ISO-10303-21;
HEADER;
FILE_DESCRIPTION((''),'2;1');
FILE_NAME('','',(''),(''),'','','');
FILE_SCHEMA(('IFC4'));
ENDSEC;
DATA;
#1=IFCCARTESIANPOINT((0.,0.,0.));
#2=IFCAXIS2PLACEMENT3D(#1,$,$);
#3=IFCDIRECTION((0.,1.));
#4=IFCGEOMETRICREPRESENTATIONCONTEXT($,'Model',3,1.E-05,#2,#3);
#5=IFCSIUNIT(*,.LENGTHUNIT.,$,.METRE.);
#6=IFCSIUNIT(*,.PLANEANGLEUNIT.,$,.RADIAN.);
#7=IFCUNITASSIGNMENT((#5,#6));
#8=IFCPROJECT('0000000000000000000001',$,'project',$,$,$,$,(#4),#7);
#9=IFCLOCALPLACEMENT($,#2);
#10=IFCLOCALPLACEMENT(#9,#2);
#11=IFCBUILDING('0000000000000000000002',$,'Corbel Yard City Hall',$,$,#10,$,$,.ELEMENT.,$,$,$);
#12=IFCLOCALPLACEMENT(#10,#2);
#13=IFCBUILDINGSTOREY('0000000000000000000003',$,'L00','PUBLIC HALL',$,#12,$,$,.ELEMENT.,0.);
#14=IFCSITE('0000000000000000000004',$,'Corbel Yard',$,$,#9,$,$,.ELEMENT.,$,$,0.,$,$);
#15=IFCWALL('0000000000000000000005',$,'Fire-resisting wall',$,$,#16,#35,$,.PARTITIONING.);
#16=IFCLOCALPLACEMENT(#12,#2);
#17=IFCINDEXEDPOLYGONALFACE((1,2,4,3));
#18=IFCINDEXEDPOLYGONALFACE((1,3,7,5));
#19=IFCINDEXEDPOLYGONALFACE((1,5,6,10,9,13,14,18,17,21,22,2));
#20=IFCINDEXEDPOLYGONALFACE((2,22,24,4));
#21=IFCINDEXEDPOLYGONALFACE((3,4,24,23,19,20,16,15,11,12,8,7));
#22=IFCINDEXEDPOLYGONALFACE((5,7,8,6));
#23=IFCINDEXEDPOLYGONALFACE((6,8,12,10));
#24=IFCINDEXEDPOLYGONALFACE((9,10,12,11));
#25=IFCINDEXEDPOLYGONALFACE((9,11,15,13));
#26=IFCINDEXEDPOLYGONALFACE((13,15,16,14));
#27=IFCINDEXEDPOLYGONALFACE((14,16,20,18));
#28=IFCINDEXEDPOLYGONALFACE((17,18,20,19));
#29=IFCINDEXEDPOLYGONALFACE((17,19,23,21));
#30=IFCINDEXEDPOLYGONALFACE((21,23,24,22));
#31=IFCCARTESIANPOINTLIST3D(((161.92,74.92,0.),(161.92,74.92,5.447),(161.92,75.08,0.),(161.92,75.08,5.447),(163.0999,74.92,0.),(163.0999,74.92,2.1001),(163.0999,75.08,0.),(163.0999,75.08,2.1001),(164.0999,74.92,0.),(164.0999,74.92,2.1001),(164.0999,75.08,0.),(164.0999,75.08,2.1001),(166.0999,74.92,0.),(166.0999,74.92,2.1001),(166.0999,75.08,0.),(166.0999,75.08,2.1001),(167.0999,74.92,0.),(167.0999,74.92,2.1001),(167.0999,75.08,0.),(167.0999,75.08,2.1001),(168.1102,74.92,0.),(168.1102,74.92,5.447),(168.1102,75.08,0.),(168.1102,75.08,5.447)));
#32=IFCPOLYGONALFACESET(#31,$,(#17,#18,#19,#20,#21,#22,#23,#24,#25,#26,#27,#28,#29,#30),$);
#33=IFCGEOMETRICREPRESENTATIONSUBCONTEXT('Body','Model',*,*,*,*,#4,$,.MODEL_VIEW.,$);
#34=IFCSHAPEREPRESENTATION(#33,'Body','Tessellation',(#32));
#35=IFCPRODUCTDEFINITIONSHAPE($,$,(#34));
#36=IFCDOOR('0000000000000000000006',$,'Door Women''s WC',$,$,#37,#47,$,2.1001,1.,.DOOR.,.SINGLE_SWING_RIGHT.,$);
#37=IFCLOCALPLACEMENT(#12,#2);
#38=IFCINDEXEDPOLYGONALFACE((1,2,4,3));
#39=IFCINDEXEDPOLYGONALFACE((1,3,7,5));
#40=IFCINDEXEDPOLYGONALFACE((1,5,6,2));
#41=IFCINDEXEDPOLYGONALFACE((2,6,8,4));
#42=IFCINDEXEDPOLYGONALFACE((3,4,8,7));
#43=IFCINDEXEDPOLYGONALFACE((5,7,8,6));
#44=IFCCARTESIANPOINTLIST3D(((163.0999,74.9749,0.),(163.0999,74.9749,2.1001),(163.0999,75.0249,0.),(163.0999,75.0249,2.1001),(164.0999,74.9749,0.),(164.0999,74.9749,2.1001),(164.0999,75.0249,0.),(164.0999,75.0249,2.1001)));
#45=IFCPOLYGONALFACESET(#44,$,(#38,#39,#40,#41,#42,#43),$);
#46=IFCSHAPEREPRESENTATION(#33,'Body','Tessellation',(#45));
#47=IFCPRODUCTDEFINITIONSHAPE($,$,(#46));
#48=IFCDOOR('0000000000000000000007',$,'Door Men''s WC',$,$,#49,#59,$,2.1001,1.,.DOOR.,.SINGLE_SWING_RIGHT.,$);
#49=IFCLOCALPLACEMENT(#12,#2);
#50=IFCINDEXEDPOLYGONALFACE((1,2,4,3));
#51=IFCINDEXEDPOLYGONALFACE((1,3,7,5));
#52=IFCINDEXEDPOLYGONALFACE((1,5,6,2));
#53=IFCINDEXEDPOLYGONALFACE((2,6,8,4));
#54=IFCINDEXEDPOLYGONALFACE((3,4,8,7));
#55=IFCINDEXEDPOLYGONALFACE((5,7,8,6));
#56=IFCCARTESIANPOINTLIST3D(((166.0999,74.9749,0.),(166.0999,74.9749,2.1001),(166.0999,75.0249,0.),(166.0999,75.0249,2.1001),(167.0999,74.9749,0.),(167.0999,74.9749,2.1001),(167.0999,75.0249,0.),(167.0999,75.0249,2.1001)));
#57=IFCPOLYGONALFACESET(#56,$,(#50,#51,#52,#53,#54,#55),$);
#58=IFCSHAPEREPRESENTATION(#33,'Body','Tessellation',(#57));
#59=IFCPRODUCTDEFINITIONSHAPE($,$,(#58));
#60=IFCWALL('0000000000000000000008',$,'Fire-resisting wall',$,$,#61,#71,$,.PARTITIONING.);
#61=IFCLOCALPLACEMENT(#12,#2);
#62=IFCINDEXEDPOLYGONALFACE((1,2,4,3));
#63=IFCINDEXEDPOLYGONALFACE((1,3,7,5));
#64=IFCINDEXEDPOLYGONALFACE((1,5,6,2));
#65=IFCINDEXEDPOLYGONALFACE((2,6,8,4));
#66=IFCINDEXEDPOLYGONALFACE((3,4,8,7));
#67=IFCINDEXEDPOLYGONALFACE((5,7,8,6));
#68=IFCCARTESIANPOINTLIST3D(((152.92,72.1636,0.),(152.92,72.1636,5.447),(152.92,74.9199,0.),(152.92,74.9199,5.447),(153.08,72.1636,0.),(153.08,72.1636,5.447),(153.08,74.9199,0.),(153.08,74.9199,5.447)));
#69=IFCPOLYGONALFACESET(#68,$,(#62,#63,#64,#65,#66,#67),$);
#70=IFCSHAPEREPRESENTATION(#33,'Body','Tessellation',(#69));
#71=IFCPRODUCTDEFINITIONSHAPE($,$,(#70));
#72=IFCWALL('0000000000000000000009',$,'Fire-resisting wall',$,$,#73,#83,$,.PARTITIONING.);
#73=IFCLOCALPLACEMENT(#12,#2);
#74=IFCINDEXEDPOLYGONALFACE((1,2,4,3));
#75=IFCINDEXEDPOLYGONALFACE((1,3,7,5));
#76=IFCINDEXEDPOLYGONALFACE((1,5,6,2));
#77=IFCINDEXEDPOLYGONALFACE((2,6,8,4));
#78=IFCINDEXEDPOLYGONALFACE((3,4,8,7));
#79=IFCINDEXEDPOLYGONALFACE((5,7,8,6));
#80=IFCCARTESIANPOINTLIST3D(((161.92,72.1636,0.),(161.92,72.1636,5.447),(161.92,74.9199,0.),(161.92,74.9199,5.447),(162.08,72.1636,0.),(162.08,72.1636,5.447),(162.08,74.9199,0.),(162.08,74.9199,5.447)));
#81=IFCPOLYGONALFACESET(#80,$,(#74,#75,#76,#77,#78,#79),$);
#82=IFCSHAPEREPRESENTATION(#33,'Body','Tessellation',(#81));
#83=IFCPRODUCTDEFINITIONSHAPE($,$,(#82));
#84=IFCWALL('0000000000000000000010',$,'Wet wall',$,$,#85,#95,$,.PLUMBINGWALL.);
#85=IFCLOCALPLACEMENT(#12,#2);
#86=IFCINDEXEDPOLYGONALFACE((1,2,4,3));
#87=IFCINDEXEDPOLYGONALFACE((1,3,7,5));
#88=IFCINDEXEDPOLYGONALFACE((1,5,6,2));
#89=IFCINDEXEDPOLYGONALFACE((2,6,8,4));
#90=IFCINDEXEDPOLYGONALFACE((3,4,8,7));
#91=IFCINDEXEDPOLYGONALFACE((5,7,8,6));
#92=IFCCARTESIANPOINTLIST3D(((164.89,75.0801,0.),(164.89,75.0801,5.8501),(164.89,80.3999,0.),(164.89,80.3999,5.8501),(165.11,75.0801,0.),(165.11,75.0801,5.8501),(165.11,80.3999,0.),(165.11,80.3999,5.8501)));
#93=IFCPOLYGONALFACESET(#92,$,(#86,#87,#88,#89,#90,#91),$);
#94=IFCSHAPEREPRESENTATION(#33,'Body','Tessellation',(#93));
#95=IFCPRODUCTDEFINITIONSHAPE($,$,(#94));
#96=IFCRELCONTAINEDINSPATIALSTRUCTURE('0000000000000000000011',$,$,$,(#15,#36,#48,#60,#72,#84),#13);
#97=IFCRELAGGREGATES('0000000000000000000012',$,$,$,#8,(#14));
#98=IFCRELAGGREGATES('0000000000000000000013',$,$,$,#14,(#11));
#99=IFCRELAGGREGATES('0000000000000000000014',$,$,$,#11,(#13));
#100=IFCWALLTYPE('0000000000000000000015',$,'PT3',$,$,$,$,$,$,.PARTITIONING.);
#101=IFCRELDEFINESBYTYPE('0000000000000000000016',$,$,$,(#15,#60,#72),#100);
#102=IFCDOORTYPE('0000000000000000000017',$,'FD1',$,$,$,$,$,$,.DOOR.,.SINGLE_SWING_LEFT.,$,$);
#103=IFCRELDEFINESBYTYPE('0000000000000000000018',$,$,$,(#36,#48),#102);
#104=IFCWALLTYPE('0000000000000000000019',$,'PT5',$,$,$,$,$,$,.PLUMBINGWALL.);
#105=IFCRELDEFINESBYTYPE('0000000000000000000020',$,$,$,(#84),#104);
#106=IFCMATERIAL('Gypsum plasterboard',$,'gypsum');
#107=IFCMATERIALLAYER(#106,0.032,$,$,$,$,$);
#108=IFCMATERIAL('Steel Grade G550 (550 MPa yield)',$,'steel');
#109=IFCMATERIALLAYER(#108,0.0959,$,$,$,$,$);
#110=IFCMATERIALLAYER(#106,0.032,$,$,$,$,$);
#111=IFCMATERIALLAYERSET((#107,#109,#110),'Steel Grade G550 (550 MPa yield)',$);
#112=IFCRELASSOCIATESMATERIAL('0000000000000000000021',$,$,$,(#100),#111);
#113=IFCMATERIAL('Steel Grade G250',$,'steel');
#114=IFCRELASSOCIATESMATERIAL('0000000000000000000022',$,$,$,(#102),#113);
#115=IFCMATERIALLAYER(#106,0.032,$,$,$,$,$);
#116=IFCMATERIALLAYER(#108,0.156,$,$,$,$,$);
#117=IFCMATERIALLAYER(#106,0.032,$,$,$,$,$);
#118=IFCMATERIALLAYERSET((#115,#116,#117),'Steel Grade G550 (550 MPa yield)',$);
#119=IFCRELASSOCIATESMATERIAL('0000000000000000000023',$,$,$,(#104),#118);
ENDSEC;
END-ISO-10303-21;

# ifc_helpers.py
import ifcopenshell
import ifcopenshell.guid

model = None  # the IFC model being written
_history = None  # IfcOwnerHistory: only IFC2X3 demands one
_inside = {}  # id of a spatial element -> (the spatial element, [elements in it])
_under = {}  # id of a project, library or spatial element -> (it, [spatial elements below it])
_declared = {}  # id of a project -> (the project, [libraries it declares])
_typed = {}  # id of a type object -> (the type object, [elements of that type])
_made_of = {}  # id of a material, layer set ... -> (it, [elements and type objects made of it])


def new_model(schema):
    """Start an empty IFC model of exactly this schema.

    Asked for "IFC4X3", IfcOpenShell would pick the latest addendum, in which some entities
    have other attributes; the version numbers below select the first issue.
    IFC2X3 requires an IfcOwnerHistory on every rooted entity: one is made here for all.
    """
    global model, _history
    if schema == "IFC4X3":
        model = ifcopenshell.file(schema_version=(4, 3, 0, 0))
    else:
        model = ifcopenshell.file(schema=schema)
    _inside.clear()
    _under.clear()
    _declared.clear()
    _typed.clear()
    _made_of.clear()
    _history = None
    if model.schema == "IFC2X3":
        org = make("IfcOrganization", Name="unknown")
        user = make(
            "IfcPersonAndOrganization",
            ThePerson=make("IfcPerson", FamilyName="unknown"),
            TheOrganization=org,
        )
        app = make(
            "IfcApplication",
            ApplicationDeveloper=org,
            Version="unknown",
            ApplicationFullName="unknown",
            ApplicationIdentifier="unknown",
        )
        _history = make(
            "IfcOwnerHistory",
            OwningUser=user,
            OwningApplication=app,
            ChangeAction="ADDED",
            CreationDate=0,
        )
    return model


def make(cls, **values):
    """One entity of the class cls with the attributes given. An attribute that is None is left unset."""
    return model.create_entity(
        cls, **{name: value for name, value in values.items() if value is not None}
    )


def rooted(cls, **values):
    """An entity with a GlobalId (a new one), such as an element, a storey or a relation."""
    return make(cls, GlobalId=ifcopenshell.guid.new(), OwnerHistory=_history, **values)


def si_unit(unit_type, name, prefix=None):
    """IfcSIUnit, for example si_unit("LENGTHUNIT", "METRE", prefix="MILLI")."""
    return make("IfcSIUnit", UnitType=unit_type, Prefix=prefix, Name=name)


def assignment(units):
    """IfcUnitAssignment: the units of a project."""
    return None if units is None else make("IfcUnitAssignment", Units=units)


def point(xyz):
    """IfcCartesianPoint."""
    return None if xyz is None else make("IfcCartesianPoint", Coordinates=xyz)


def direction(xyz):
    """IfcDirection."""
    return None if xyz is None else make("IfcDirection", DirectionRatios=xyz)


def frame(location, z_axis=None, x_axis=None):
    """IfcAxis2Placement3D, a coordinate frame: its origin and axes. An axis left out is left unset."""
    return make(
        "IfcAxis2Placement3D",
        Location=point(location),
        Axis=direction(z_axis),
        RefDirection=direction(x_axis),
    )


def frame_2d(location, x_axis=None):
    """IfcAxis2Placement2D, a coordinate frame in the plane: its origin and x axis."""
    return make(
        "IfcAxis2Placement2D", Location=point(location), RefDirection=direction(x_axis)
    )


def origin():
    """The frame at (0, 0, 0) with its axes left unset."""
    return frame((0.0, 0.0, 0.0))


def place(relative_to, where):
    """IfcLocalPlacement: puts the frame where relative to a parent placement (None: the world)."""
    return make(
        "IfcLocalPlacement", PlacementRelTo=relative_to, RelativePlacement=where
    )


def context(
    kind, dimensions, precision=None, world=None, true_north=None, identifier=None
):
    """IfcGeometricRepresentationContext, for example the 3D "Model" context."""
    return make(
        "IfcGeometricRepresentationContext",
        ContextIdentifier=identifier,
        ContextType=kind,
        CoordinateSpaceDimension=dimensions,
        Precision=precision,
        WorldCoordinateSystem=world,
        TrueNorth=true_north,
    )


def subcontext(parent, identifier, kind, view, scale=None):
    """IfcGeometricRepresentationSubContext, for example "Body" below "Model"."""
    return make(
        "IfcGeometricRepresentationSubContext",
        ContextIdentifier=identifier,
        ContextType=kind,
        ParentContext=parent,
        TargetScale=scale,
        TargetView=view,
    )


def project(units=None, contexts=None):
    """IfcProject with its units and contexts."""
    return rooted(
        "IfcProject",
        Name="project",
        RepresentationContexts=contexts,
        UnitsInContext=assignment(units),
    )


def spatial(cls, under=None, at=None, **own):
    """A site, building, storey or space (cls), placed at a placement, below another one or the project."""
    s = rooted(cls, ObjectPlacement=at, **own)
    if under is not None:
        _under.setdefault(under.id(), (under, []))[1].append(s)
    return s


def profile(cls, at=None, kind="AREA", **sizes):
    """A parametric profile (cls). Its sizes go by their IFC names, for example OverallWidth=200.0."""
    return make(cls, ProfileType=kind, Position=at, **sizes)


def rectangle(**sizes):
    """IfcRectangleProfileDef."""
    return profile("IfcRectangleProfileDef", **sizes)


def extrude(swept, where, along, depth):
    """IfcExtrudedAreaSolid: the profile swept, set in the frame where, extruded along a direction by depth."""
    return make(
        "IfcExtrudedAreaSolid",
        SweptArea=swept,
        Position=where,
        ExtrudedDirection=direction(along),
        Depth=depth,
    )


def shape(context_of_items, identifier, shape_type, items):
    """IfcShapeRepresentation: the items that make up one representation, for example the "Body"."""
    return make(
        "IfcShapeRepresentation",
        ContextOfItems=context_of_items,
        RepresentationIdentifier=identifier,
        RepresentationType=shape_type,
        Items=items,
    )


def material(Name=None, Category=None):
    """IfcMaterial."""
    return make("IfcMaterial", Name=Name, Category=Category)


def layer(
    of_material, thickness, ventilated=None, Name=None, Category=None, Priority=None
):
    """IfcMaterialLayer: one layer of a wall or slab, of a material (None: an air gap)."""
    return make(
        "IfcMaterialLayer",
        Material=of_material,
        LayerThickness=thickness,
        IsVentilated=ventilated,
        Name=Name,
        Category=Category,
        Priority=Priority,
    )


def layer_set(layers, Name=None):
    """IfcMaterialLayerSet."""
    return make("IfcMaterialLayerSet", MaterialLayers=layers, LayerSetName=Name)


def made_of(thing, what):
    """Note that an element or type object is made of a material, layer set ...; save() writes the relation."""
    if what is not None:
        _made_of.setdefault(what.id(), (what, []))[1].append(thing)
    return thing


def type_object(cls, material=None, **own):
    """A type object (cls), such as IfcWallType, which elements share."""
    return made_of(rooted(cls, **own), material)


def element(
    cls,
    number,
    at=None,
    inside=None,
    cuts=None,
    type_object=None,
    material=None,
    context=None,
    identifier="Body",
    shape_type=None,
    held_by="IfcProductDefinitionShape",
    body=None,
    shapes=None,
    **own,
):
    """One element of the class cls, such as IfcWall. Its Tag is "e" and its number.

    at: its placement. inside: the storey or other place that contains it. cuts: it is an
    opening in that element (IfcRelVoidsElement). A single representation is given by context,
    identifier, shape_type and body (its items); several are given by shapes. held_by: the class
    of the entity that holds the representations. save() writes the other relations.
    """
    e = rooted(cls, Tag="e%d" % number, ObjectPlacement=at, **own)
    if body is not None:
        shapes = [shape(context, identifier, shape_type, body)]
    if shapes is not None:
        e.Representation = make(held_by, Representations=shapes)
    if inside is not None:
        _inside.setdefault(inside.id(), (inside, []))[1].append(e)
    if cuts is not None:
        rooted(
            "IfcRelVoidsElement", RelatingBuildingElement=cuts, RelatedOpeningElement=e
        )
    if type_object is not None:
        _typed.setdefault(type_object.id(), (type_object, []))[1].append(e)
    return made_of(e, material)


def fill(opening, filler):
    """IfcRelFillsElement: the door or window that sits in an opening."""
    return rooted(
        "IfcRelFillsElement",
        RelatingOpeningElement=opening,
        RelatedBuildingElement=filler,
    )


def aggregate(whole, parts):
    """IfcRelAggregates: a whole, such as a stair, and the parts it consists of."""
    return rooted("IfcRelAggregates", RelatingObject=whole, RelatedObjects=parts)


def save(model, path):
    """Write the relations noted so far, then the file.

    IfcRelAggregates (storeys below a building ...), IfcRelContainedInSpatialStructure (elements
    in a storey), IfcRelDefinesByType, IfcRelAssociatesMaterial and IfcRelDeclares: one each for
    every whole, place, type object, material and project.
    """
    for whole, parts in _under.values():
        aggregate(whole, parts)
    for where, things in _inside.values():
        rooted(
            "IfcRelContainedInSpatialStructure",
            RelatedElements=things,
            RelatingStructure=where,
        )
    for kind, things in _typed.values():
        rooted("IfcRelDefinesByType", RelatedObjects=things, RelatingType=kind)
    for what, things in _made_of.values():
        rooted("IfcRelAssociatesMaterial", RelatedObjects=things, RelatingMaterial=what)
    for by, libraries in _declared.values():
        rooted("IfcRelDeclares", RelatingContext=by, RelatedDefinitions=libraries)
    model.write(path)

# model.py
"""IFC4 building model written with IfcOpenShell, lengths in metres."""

from ifc_helpers import new_model, si_unit, direction, frame, frame_2d, origin, place, context, subcontext, project, spatial, rectangle, extrude, material, layer, layer_set, type_object, element, fill, save


model = new_model("IFC4")

# Units and contexts
model_context = context("Model", 3, precision=1e-05, world=origin(), true_north=direction((0.0, 1.0)))
body_context = subcontext(model_context, "Body", "Model", "MODEL_VIEW")
ifc_project = project(units=[si_unit("LENGTHUNIT", "METRE"), si_unit("PLANEANGLEUNIT", "RADIAN")], contexts=[model_context])

# Site, building, storey
site_placement = place(None, origin())
site = spatial("IfcSite", under=ifc_project, at=site_placement, Name="Corbel Yard", CompositionType="ELEMENT", RefElevation=0.0)
building_placement = place(site_placement, origin())
building = spatial("IfcBuilding", under=site, at=building_placement, Name="Corbel Yard City Hall", CompositionType="ELEMENT")
storey_placement = place(building_placement, origin())
storey = spatial("IfcBuildingStorey", under=building, at=storey_placement, Name="L00", Description="PUBLIC HALL", CompositionType="ELEMENT", Elevation=0.0)

# Shared definitions
ifc_material_1 = material(Name="Gypsum plasterboard", Category="gypsum")
ifc_material_2 = material(Name="Steel Grade G550 (550 MPa yield)", Category="steel")

# Shared definitions
ifc_layer_1 = layer(ifc_material_1, 0.032)
ifc_layer_2 = layer(ifc_material_2, 0.0959)
ifc_layer_3 = layer(ifc_material_1, 0.032)
ifc_layer_set_1 = layer_set([ifc_layer_1, ifc_layer_2, ifc_layer_3], Name="Steel Grade G550 (550 MPa yield)")
wall_type_1 = type_object("IfcWallType", Name="PT3", PredefinedType="PARTITIONING", material=ifc_layer_set_1)
ifc_material_3 = material(Name="Steel Grade G250", Category="steel")
door_type_1 = type_object("IfcDoorType", Name="FD1", OperationType="SINGLE_SWING_LEFT", PredefinedType="DOOR", material=ifc_material_3)

# Wall, openings, doors
wall_1_placement = place(storey_placement, frame((161.9199, 75.0, 0.0), z_axis=(0.0, 0.0, 1.0), x_axis=(1.0, 0.0, 0.0)))
wall_1 = element("IfcWall", 1, at=wall_1_placement, inside=storey, type_object=wall_type_1, Name="Fire-resisting wall", PredefinedType="PARTITIONING", context=body_context, shape_type="SweptSolid", body=[
    extrude(rectangle(XDim=6.1902, YDim=0.1599, at=frame_2d((3.0952, 0.0))), origin(), (0.0, 0.0, 1.0), 5.447),
])
opening_1_placement = place(wall_1_placement, frame((1.1799, 0.0, 0.0)))
opening_1 = element("IfcOpeningElement", 2, at=opening_1_placement, cuts=wall_1, PredefinedType="OPENING", context=body_context, shape_type="SweptSolid", body=[
    extrude(rectangle(XDim=1.0, YDim=2.1001, at=frame_2d((0.5, 1.05))), frame((0.0, 0.0898, 0.0), z_axis=(0.0, -1.0, 0.0), x_axis=(1.0, 0.0, 0.0)), (0.0, 0.0, 1.0), 0.1799),
])
opening_2_placement = place(wall_1_placement, frame((4.1799, 0.0, 0.0)))
opening_2 = element("IfcOpeningElement", 3, at=opening_2_placement, cuts=wall_1, PredefinedType="OPENING", context=body_context, shape_type="SweptSolid", body=[
    extrude(rectangle(XDim=1.0, YDim=2.1001, at=frame_2d((0.5, 1.05))), frame((0.0, 0.0898, 0.0), z_axis=(0.0, -1.0, 0.0), x_axis=(1.0, 0.0, 0.0)), (0.0, 0.0, 1.0), 0.1799),
])
door_1_placement = place(opening_1_placement, origin())
door_1 = element("IfcDoor", 4, at=door_1_placement, inside=storey, type_object=door_type_1, Name="Door Women's WC", OperationType="SINGLE_SWING_RIGHT", OverallHeight=2.1001, OverallWidth=1.0, PredefinedType="DOOR", context=body_context, shape_type="SweptSolid", body=[
    extrude(rectangle(XDim=1.0, YDim=2.1001, at=frame_2d((0.5, 1.05))), frame((0.0, 0.0249, 0.0), z_axis=(0.0, -1.0, 0.0), x_axis=(1.0, 0.0, 0.0)), (0.0, 0.0, 1.0), 0.05),
])
fill(opening_1, door_1)
door_2_placement = place(opening_2_placement, origin())
door_2 = element("IfcDoor", 5, at=door_2_placement, inside=storey, type_object=door_type_1, Name="Door Men's WC", OperationType="SINGLE_SWING_RIGHT", OverallHeight=2.1001, OverallWidth=1.0, PredefinedType="DOOR", context=body_context, shape_type="SweptSolid", body=[
    extrude(rectangle(XDim=1.0, YDim=2.1001, at=frame_2d((0.5, 1.05))), frame((0.0, 0.0249, 0.0), z_axis=(0.0, -1.0, 0.0), x_axis=(1.0, 0.0, 0.0)), (0.0, 0.0, 1.0), 0.05),
])
fill(opening_2, door_2)

# Walls
for number, where, z_axis, x_axis, name in (
    (6, (153.0, 72.1636, 0.0), (0.0, 0.0, 1.0), (0.0, 1.0, 0.0), "Fire-resisting wall"),
    (7, (162.0, 72.1636, 0.0), (0.0, 0.0, 1.0), (0.0, 1.0, 0.0), "Fire-resisting wall"),
):
    element("IfcWall", number, at=place(storey_placement, frame(where, z_axis=z_axis, x_axis=x_axis)), inside=storey, type_object=wall_type_1, Name=name, PredefinedType="PARTITIONING", context=body_context, shape_type="SweptSolid", body=[
        extrude(rectangle(XDim=2.7563, YDim=0.1599, at=frame_2d((1.3782, 0.0))), origin(), (0.0, 0.0, 1.0), 5.447),
    ])
ifc_layer_4 = layer(ifc_material_1, 0.032)
ifc_layer_5 = layer(ifc_material_2, 0.156)
ifc_layer_6 = layer(ifc_material_1, 0.032)
ifc_layer_set_2 = layer_set([ifc_layer_4, ifc_layer_5, ifc_layer_6], Name="Steel Grade G550 (550 MPa yield)")
wall_type_2 = type_object("IfcWallType", Name="PT5", PredefinedType="PLUMBINGWALL", material=ifc_layer_set_2)
wall_2_placement = place(storey_placement, frame((165.0, 75.0801, 0.0), z_axis=(0.0, 0.0, 1.0), x_axis=(0.0, 1.0, 0.0)))
element("IfcWall", 8, at=wall_2_placement, inside=storey, type_object=wall_type_2, Name="Wet wall", PredefinedType="PLUMBINGWALL", context=body_context, shape_type="SweptSolid", body=[
    extrude(rectangle(XDim=5.3198, YDim=0.22, at=frame_2d((2.6599, 0.0))), origin(), (0.0, 0.0, 1.0), 5.8501),
])

save(model, "model.ifc")
